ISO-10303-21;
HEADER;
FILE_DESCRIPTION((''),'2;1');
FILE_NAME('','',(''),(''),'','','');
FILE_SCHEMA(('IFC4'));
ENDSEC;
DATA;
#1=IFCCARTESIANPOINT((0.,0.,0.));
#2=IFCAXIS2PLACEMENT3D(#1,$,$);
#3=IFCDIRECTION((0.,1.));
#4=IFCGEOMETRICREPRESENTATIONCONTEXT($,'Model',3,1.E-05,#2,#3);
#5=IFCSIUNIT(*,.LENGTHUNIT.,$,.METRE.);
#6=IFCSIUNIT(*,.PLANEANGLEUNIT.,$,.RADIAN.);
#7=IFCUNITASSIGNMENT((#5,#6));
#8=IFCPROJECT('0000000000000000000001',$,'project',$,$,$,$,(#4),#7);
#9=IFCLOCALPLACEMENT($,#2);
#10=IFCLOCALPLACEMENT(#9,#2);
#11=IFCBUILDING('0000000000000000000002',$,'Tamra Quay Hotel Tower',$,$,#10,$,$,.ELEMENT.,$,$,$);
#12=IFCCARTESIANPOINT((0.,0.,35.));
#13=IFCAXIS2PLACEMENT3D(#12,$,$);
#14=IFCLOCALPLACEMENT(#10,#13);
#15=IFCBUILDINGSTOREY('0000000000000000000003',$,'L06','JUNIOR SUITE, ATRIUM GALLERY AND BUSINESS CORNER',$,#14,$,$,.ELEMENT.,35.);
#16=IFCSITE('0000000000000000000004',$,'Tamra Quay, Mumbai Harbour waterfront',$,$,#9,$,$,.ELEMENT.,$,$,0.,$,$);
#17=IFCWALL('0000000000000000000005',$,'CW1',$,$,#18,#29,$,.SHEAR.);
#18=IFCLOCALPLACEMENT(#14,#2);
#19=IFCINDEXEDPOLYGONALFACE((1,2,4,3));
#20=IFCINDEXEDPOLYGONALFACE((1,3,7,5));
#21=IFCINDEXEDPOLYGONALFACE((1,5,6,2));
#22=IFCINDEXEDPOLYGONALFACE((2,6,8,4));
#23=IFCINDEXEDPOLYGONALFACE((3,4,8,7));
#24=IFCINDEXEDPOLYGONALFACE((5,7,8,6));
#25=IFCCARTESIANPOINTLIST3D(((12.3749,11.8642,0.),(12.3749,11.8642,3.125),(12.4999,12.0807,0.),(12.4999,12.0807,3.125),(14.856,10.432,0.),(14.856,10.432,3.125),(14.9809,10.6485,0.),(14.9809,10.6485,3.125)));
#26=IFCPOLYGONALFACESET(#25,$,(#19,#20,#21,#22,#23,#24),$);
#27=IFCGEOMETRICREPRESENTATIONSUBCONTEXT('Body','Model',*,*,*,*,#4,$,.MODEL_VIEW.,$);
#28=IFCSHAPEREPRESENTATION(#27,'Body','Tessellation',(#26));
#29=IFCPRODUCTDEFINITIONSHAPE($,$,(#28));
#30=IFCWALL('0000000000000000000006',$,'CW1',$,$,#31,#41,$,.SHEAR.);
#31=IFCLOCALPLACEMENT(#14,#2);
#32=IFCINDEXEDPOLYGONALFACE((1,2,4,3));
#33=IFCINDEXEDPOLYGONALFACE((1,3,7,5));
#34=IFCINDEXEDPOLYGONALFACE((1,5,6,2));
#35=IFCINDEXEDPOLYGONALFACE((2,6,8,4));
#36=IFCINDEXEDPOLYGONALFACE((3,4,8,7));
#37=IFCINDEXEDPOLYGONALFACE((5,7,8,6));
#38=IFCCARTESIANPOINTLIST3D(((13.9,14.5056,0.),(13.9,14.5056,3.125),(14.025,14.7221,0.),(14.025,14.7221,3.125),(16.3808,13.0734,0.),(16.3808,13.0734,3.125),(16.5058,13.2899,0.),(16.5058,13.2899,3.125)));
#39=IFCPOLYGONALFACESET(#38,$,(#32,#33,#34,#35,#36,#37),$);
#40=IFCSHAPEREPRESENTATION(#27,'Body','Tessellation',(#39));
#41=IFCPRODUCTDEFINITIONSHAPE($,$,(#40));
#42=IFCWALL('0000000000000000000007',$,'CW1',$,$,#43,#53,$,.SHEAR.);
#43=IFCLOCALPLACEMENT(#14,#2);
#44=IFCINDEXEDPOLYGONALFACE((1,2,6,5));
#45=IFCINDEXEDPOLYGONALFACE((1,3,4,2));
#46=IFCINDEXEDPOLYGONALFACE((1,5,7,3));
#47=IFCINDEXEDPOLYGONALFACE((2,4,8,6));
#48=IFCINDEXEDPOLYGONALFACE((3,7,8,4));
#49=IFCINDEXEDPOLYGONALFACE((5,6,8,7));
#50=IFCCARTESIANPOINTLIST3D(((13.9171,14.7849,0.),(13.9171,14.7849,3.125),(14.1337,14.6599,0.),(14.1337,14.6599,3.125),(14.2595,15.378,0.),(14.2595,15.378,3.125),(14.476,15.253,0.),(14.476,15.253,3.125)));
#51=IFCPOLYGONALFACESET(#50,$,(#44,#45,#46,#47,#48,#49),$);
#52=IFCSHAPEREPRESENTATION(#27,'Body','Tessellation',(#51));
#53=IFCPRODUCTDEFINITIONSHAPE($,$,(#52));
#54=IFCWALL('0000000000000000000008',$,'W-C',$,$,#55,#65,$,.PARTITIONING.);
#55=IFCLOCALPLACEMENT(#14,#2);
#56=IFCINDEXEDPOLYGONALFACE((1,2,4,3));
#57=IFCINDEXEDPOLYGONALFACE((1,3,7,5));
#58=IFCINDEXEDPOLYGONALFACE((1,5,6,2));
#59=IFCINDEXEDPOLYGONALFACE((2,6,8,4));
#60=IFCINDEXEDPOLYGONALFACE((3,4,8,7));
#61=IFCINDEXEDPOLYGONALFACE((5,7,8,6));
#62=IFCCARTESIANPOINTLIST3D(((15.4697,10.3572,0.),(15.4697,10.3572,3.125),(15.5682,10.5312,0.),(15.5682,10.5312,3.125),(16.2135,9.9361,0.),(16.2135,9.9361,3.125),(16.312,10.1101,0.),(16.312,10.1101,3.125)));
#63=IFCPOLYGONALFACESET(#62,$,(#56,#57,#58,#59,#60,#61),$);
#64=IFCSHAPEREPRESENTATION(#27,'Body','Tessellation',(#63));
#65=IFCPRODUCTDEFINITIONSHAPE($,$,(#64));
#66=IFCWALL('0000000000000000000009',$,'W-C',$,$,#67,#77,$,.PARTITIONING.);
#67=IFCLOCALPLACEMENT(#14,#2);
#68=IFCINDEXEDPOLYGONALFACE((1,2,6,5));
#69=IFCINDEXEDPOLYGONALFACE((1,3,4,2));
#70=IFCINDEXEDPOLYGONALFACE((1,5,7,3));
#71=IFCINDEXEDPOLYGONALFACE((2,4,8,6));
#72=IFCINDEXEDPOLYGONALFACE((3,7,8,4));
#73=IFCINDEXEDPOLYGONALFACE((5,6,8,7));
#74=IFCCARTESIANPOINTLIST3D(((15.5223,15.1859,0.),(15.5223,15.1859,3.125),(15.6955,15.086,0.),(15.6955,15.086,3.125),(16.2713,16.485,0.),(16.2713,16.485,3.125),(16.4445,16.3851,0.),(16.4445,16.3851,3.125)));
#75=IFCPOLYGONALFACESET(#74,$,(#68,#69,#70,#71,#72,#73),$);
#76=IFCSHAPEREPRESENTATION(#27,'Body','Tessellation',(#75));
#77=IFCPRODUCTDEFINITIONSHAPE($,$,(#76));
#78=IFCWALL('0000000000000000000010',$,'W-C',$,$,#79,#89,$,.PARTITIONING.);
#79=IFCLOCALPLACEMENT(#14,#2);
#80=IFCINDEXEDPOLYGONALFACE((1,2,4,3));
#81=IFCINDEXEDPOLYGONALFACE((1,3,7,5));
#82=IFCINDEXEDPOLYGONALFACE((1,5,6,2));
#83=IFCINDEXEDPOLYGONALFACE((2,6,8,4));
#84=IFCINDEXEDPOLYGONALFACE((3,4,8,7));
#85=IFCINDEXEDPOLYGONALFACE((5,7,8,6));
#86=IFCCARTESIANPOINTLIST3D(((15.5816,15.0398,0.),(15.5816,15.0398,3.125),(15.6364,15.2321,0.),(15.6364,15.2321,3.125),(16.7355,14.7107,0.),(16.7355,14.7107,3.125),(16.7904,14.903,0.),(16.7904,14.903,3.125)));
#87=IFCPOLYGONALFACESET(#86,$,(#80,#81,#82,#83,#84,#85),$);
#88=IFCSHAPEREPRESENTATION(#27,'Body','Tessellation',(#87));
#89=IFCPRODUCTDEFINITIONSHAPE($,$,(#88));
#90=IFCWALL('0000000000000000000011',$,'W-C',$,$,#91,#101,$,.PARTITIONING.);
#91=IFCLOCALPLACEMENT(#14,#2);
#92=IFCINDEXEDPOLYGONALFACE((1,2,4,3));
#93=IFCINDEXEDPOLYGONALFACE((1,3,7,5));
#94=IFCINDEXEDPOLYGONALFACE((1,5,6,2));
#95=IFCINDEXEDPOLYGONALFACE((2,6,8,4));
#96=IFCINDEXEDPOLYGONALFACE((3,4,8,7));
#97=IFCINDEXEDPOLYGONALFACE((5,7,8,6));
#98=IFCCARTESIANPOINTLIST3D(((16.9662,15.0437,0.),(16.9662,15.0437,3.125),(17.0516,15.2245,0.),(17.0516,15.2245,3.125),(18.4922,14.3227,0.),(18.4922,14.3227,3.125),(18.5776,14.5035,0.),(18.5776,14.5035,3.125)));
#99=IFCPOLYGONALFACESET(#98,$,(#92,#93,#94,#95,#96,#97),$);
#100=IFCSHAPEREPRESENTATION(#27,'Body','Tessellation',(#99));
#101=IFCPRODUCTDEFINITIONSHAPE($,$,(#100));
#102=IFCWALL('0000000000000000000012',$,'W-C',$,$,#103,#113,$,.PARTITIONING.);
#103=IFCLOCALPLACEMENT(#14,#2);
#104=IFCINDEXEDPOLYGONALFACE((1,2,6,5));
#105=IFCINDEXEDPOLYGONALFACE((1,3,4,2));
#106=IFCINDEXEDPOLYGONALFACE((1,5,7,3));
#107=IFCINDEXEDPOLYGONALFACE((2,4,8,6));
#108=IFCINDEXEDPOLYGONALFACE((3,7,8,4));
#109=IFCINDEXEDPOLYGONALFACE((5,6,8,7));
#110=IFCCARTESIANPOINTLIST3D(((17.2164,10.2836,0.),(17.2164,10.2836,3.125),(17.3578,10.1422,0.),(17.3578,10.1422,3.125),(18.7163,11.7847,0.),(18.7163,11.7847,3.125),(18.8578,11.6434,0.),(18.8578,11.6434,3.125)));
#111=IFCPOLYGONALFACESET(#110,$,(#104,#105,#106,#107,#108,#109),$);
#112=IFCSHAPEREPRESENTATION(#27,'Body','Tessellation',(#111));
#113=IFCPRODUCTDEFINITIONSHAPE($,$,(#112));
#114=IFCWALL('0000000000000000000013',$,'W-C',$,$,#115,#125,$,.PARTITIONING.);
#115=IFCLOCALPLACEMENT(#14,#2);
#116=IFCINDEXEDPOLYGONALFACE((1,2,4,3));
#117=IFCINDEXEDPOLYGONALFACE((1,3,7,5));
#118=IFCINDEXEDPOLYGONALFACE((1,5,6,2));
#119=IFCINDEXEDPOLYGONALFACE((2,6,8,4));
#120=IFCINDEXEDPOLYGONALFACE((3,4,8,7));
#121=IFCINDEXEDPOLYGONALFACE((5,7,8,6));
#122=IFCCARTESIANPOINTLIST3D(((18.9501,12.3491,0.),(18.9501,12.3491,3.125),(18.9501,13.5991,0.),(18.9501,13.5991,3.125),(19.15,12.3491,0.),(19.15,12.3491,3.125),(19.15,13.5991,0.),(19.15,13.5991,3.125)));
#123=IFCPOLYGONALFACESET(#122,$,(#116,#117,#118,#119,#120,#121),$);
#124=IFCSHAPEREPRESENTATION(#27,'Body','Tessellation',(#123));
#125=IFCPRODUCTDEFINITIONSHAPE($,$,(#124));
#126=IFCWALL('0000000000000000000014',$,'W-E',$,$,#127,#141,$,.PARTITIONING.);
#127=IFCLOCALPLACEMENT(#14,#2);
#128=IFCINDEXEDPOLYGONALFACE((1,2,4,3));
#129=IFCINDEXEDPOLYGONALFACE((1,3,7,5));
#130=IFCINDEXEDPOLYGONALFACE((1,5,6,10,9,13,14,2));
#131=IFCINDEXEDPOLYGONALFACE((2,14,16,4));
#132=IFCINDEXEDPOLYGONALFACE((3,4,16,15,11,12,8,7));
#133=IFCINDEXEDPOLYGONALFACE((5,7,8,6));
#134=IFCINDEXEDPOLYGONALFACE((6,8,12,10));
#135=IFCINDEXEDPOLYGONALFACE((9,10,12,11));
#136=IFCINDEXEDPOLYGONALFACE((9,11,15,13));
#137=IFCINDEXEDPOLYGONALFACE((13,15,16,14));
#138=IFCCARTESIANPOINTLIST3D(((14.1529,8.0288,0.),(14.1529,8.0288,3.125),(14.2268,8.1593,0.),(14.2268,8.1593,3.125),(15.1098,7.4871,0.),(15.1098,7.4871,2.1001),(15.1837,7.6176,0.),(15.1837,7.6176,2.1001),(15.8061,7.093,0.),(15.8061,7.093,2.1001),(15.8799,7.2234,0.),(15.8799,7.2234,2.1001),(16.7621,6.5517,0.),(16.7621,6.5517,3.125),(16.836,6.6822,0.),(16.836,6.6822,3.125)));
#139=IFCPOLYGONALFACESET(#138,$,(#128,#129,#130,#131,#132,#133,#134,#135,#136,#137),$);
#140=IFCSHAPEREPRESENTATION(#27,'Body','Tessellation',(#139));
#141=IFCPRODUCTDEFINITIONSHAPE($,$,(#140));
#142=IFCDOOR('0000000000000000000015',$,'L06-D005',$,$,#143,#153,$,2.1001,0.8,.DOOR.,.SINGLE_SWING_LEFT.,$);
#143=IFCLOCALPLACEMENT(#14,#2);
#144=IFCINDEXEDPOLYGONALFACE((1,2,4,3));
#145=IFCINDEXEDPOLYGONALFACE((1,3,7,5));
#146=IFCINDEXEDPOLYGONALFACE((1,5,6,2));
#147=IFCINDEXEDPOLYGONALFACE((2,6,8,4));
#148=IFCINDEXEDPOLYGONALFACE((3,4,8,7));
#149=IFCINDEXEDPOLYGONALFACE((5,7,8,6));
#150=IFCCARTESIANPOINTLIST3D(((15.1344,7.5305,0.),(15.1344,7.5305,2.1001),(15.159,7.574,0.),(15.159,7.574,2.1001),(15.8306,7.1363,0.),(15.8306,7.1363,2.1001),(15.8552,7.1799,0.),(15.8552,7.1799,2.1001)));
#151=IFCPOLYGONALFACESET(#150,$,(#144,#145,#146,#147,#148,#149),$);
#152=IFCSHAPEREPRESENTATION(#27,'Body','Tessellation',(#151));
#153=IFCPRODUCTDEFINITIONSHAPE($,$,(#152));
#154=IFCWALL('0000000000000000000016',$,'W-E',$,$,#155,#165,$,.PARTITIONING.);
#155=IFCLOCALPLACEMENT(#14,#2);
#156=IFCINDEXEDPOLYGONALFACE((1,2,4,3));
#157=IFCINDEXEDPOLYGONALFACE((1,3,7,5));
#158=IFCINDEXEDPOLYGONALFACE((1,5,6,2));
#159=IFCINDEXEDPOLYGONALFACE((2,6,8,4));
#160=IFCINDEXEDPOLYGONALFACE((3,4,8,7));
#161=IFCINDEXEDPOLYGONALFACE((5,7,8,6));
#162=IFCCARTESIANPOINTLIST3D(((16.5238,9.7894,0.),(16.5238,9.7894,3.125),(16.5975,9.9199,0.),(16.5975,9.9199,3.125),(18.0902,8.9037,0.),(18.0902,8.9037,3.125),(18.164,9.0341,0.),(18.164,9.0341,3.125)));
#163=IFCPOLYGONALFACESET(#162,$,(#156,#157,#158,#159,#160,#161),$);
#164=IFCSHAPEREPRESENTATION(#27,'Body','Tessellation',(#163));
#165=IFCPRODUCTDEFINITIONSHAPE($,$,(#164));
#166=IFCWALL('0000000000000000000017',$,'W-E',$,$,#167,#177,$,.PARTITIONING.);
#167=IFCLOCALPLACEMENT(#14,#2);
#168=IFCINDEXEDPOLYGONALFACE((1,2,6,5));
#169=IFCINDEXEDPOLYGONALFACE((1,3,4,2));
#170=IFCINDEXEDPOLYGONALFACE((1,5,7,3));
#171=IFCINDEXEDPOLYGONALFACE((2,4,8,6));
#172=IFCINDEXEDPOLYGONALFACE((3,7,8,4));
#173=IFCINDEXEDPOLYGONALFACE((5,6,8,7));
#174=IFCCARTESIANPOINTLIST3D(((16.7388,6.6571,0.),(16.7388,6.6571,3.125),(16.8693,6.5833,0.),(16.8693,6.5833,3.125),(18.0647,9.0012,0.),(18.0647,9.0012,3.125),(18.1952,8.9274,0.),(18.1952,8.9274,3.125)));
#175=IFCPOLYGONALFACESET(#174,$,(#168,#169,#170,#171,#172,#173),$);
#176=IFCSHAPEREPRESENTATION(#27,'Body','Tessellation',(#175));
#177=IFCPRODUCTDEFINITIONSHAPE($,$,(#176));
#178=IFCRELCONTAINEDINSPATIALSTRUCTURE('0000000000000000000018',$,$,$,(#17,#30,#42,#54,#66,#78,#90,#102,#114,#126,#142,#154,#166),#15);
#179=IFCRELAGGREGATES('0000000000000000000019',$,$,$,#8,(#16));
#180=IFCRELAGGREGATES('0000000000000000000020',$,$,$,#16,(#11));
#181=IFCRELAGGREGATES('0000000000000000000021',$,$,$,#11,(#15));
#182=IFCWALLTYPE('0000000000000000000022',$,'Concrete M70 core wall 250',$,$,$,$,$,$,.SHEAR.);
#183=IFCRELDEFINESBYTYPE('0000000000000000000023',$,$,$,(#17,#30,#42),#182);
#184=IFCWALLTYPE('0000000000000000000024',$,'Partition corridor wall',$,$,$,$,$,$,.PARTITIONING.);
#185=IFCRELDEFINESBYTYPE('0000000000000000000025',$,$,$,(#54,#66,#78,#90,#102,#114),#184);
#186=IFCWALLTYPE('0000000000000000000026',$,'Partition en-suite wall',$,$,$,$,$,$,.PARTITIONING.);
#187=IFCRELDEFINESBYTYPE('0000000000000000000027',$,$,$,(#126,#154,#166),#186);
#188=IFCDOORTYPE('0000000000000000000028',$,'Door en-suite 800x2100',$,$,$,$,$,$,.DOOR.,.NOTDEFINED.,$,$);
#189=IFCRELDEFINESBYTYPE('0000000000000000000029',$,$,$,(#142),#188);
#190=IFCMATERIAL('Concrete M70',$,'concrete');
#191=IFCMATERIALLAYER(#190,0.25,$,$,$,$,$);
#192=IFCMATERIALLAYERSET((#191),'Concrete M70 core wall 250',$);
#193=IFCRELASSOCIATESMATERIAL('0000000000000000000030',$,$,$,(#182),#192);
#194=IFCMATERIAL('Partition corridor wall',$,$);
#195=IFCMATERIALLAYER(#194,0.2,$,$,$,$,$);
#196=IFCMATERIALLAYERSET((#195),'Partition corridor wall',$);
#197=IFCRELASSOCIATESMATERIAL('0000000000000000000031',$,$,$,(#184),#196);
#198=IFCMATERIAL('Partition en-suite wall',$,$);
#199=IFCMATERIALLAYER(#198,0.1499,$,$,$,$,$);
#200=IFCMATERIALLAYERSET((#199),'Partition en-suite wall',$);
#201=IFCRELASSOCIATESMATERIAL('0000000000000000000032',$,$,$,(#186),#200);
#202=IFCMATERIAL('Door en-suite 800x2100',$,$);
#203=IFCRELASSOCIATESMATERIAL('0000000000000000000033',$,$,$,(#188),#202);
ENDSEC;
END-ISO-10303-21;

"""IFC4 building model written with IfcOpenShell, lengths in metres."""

from ifc_helpers import new_model, si_unit, direction, frame, frame_2d, origin, place, context, subcontext, project, spatial, rectangle, extrude, material, layer, layer_set, type_object, element, fill, save


model = new_model("IFC4")

# Units and contexts
model_context = context("Model", 3, precision=1e-05, world=origin(), true_north=direction((0.0, 1.0)))
body_context = subcontext(model_context, "Body", "Model", "MODEL_VIEW")
ifc_project = project(units=[si_unit("LENGTHUNIT", "METRE"), si_unit("PLANEANGLEUNIT", "RADIAN")], contexts=[model_context])

# Site, building, storey
site_placement = place(None, origin())
site = spatial("IfcSite", under=ifc_project, at=site_placement, Name="Tamra Quay, Mumbai Harbour waterfront", CompositionType="ELEMENT", RefElevation=0.0)
building_placement = place(site_placement, origin())
building = spatial("IfcBuilding", under=site, at=building_placement, Name="Tamra Quay Hotel Tower", CompositionType="ELEMENT")
storey_placement = place(building_placement, frame((0.0, 0.0, 35.0)))
storey = spatial("IfcBuildingStorey", under=building, at=storey_placement, Name="L06", Description="JUNIOR SUITE, ATRIUM GALLERY AND BUSINESS CORNER", CompositionType="ELEMENT", Elevation=35.0)

# Shared definitions
ifc_material_1 = material(Name="Concrete M70", Category="concrete")

# Walls
ifc_layer_1 = layer(ifc_material_1, 0.25)
ifc_layer_set_1 = layer_set([ifc_layer_1], Name="Concrete M70 core wall 250")
wall_type_1 = type_object("IfcWallType", Name="Concrete M70 core wall 250", PredefinedType="SHEAR", material=ifc_layer_set_1)
wall_1_placement = place(storey_placement, frame((14.9185, 10.5403, 0.0), z_axis=(0.0, 0.0, 1.0), x_axis=(-0.866064, 0.499934, 0.0)))
element("IfcWall", 1, at=wall_1_placement, inside=storey, type_object=wall_type_1, Name="CW1", PredefinedType="SHEAR", context=body_context, shape_type="SweptSolid", body=[
    extrude(rectangle(XDim=2.8647, YDim=0.25, at=frame_2d((1.4324, 0.0))), origin(), (0.0, 0.0, 1.0), 3.125),
])
wall_2_placement = place(storey_placement, frame((13.9626, 14.6138, 0.0), z_axis=(0.0, 0.0, 1.0), x_axis=(0.866042, -0.499971, 0.0)))
element("IfcWall", 2, at=wall_2_placement, inside=storey, type_object=wall_type_1, Name="CW1", PredefinedType="SHEAR", context=body_context, shape_type="SweptSolid", body=[
    extrude(rectangle(XDim=2.8645, YDim=0.25, at=frame_2d((1.4321, 0.0))), origin(), (0.0, 0.0, 1.0), 3.125),
])
wall_3_placement = place(storey_placement, frame((14.3677, 15.3154, 0.0), z_axis=(0.0, 0.0, 1.0), x_axis=(-0.499897, -0.866085, 0.0)))
element("IfcWall", 3, at=wall_3_placement, inside=storey, type_object=wall_type_1, Name="CW1", PredefinedType="SHEAR", context=body_context, shape_type="SweptSolid", body=[
    extrude(rectangle(XDim=0.6848, YDim=0.25, at=frame_2d((0.3423, 0.0))), origin(), (0.0, 0.0, 1.0), 3.125),
])
ifc_material_2 = material(Name="Partition corridor wall")
ifc_layer_2 = layer(ifc_material_2, 0.2)
ifc_layer_set_2 = layer_set([ifc_layer_2], Name="Partition corridor wall")
wall_type_2 = type_object("IfcWallType", Name="Partition corridor wall", PredefinedType="PARTITIONING", material=ifc_layer_set_2)
wall_4_placement = place(storey_placement, frame((15.519, 10.4441, 0.0), z_axis=(0.0, 0.0, 1.0), x_axis=(0.870222, -0.492659, 0.0)))
element("IfcWall", 4, at=wall_4_placement, inside=storey, type_object=wall_type_2, Name="W-C", PredefinedType="PARTITIONING", context=body_context, shape_type="SweptSolid", body=[
    extrude(rectangle(XDim=0.8547, YDim=0.2, at=frame_2d((0.4272, 0.0))), origin(), (0.0, 0.0, 1.0), 3.125),
])
wall_5_placement = place(storey_placement, frame((15.6089, 15.136, 0.0), z_axis=(0.0, 0.0, 1.0), x_axis=(0.499502, 0.866313, 0.0)))
element("IfcWall", 5, at=wall_5_placement, inside=storey, type_object=wall_type_2, Name="W-C", PredefinedType="PARTITIONING", context=body_context, shape_type="SweptSolid", body=[
    extrude(rectangle(XDim=1.4995, YDim=0.2, at=frame_2d((0.7498, 0.0))), origin(), (0.0, 0.0, 1.0), 3.125),
])
wall_6_placement = place(storey_placement, frame((15.6089, 15.136, 0.0), z_axis=(0.0, 0.0, 1.0), x_axis=(0.961662, -0.274237, 0.0)))
element("IfcWall", 6, at=wall_6_placement, inside=storey, type_object=wall_type_2, Name="W-C", PredefinedType="PARTITIONING", context=body_context, shape_type="SweptSolid", body=[
    extrude(rectangle(XDim=1.2, YDim=0.2, at=frame_2d((0.6001, 0.0))), origin(), (0.0, 0.0, 1.0), 3.125),
])
wall_7_placement = place(storey_placement, frame((17.009, 15.134, 0.0), z_axis=(0.0, 0.0, 1.0), x_axis=(0.904159, -0.427197, 0.0)))
element("IfcWall", 7, at=wall_7_placement, inside=storey, type_object=wall_type_2, Name="W-C", PredefinedType="PARTITIONING", context=body_context, shape_type="SweptSolid", body=[
    extrude(rectangle(XDim=1.6877, YDim=0.2, at=frame_2d((0.8438, 0.0))), origin(), (0.0, 0.0, 1.0), 3.125),
])
wall_8_placement = place(storey_placement, frame((17.2871, 10.2129, 0.0), z_axis=(0.0, 0.0, 1.0), x_axis=(0.706819, 0.707394, 0.0)))
element("IfcWall", 8, at=wall_8_placement, inside=storey, type_object=wall_type_2, Name="W-C", PredefinedType="PARTITIONING", context=body_context, shape_type="SweptSolid", body=[
    extrude(rectangle(XDim=2.1221, YDim=0.2, at=frame_2d((1.061, 0.0))), origin(), (0.0, 0.0, 1.0), 3.125),
])
wall_9_placement = place(storey_placement, frame((19.05, 12.3491, 0.0), z_axis=(0.0, 0.0, 1.0), x_axis=(0.0, 1.0, 0.0)))
element("IfcWall", 9, at=wall_9_placement, inside=storey, type_object=wall_type_2, Name="W-C", PredefinedType="PARTITIONING", context=body_context, shape_type="SweptSolid", body=[
    extrude(rectangle(XDim=1.25, YDim=0.2, at=frame_2d((0.625, 0.0))), origin(), (0.0, 0.0, 1.0), 3.125),
])

# Wall, opening, door
ifc_material_3 = material(Name="Partition en-suite wall")
ifc_layer_3 = layer(ifc_material_3, 0.1499)
ifc_layer_set_3 = layer_set([ifc_layer_3], Name="Partition en-suite wall")
wall_type_3 = type_object("IfcWallType", Name="Partition en-suite wall", PredefinedType="PARTITIONING", material=ifc_layer_set_3)
wall_10_placement = place(storey_placement, frame((14.1899, 8.094, 0.0), z_axis=(0.0, 0.0, 1.0), x_axis=(0.870231, -0.492645, 0.0)))
wall_10 = element("IfcWall", 10, at=wall_10_placement, inside=storey, type_object=wall_type_3, Name="W-E", PredefinedType="PARTITIONING", context=body_context, shape_type="SweptSolid", body=[
    extrude(rectangle(XDim=2.9983, YDim=0.1499, at=frame_2d((1.499, 0.0))), origin(), (0.0, 0.0, 1.0), 3.125),
])
opening_1_placement = place(wall_10_placement, frame((1.0996, 0.0, 0.0)))
opening_1 = element("IfcOpeningElement", 11, at=opening_1_placement, cuts=wall_10, PredefinedType="OPENING", context=body_context, shape_type="SweptSolid", body=[
    extrude(rectangle(XDim=0.8, YDim=2.1001, at=frame_2d((0.3999, 1.05))), frame((0.0, 0.085, 0.0), z_axis=(0.0, -1.0, 0.0), x_axis=(1.0, 0.0, 0.0)), (0.0, 0.0, 1.0), 0.1699),
])
ifc_material_4 = material(Name="Door en-suite 800x2100")
door_type_1 = type_object("IfcDoorType", Name="Door en-suite 800x2100", OperationType="NOTDEFINED", PredefinedType="DOOR", material=ifc_material_4)
door_1_placement = place(opening_1_placement, origin())
door_1 = element("IfcDoor", 12, at=door_1_placement, inside=storey, type_object=door_type_1, Name="L06-D005", OperationType="SINGLE_SWING_LEFT", OverallHeight=2.1001, OverallWidth=0.8, PredefinedType="DOOR", context=body_context, shape_type="SweptSolid", body=[
    extrude(rectangle(XDim=0.8, YDim=2.1001, at=frame_2d((0.3999, 1.05))), frame((0.0, 0.0249, 0.0), z_axis=(0.0, -1.0, 0.0), x_axis=(1.0, 0.0, 0.0)), (0.0, 0.0, 1.0), 0.05),
])
fill(opening_1, door_1)

# Walls
wall_11_placement = place(storey_placement, frame((16.5605, 9.8547, 0.0), z_axis=(0.0, 0.0, 1.0), x_axis=(0.870472, -0.492218, 0.0)))
element("IfcWall", 13, at=wall_11_placement, inside=storey, type_object=wall_type_3, Name="W-E", PredefinedType="PARTITIONING", context=body_context, shape_type="SweptSolid", body=[
    extrude(rectangle(XDim=1.7996, YDim=0.1499, at=frame_2d((0.8999, 0.0))), origin(), (0.0, 0.0, 1.0), 3.125),
])
wall_12_placement = place(storey_placement, frame((16.804, 6.6201, 0.0), z_axis=(0.0, 0.0, 1.0), x_axis=(0.492356, 0.870394, 0.0)))
element("IfcWall", 14, at=wall_12_placement, inside=storey, type_object=wall_type_3, Name="W-E", PredefinedType="PARTITIONING", context=body_context, shape_type="SweptSolid", body=[
    extrude(rectangle(XDim=2.6931, YDim=0.1499, at=frame_2d((1.3467, 0.0))), origin(), (0.0, 0.0, 1.0), 3.125),
])

save(model, "model.ifc")
